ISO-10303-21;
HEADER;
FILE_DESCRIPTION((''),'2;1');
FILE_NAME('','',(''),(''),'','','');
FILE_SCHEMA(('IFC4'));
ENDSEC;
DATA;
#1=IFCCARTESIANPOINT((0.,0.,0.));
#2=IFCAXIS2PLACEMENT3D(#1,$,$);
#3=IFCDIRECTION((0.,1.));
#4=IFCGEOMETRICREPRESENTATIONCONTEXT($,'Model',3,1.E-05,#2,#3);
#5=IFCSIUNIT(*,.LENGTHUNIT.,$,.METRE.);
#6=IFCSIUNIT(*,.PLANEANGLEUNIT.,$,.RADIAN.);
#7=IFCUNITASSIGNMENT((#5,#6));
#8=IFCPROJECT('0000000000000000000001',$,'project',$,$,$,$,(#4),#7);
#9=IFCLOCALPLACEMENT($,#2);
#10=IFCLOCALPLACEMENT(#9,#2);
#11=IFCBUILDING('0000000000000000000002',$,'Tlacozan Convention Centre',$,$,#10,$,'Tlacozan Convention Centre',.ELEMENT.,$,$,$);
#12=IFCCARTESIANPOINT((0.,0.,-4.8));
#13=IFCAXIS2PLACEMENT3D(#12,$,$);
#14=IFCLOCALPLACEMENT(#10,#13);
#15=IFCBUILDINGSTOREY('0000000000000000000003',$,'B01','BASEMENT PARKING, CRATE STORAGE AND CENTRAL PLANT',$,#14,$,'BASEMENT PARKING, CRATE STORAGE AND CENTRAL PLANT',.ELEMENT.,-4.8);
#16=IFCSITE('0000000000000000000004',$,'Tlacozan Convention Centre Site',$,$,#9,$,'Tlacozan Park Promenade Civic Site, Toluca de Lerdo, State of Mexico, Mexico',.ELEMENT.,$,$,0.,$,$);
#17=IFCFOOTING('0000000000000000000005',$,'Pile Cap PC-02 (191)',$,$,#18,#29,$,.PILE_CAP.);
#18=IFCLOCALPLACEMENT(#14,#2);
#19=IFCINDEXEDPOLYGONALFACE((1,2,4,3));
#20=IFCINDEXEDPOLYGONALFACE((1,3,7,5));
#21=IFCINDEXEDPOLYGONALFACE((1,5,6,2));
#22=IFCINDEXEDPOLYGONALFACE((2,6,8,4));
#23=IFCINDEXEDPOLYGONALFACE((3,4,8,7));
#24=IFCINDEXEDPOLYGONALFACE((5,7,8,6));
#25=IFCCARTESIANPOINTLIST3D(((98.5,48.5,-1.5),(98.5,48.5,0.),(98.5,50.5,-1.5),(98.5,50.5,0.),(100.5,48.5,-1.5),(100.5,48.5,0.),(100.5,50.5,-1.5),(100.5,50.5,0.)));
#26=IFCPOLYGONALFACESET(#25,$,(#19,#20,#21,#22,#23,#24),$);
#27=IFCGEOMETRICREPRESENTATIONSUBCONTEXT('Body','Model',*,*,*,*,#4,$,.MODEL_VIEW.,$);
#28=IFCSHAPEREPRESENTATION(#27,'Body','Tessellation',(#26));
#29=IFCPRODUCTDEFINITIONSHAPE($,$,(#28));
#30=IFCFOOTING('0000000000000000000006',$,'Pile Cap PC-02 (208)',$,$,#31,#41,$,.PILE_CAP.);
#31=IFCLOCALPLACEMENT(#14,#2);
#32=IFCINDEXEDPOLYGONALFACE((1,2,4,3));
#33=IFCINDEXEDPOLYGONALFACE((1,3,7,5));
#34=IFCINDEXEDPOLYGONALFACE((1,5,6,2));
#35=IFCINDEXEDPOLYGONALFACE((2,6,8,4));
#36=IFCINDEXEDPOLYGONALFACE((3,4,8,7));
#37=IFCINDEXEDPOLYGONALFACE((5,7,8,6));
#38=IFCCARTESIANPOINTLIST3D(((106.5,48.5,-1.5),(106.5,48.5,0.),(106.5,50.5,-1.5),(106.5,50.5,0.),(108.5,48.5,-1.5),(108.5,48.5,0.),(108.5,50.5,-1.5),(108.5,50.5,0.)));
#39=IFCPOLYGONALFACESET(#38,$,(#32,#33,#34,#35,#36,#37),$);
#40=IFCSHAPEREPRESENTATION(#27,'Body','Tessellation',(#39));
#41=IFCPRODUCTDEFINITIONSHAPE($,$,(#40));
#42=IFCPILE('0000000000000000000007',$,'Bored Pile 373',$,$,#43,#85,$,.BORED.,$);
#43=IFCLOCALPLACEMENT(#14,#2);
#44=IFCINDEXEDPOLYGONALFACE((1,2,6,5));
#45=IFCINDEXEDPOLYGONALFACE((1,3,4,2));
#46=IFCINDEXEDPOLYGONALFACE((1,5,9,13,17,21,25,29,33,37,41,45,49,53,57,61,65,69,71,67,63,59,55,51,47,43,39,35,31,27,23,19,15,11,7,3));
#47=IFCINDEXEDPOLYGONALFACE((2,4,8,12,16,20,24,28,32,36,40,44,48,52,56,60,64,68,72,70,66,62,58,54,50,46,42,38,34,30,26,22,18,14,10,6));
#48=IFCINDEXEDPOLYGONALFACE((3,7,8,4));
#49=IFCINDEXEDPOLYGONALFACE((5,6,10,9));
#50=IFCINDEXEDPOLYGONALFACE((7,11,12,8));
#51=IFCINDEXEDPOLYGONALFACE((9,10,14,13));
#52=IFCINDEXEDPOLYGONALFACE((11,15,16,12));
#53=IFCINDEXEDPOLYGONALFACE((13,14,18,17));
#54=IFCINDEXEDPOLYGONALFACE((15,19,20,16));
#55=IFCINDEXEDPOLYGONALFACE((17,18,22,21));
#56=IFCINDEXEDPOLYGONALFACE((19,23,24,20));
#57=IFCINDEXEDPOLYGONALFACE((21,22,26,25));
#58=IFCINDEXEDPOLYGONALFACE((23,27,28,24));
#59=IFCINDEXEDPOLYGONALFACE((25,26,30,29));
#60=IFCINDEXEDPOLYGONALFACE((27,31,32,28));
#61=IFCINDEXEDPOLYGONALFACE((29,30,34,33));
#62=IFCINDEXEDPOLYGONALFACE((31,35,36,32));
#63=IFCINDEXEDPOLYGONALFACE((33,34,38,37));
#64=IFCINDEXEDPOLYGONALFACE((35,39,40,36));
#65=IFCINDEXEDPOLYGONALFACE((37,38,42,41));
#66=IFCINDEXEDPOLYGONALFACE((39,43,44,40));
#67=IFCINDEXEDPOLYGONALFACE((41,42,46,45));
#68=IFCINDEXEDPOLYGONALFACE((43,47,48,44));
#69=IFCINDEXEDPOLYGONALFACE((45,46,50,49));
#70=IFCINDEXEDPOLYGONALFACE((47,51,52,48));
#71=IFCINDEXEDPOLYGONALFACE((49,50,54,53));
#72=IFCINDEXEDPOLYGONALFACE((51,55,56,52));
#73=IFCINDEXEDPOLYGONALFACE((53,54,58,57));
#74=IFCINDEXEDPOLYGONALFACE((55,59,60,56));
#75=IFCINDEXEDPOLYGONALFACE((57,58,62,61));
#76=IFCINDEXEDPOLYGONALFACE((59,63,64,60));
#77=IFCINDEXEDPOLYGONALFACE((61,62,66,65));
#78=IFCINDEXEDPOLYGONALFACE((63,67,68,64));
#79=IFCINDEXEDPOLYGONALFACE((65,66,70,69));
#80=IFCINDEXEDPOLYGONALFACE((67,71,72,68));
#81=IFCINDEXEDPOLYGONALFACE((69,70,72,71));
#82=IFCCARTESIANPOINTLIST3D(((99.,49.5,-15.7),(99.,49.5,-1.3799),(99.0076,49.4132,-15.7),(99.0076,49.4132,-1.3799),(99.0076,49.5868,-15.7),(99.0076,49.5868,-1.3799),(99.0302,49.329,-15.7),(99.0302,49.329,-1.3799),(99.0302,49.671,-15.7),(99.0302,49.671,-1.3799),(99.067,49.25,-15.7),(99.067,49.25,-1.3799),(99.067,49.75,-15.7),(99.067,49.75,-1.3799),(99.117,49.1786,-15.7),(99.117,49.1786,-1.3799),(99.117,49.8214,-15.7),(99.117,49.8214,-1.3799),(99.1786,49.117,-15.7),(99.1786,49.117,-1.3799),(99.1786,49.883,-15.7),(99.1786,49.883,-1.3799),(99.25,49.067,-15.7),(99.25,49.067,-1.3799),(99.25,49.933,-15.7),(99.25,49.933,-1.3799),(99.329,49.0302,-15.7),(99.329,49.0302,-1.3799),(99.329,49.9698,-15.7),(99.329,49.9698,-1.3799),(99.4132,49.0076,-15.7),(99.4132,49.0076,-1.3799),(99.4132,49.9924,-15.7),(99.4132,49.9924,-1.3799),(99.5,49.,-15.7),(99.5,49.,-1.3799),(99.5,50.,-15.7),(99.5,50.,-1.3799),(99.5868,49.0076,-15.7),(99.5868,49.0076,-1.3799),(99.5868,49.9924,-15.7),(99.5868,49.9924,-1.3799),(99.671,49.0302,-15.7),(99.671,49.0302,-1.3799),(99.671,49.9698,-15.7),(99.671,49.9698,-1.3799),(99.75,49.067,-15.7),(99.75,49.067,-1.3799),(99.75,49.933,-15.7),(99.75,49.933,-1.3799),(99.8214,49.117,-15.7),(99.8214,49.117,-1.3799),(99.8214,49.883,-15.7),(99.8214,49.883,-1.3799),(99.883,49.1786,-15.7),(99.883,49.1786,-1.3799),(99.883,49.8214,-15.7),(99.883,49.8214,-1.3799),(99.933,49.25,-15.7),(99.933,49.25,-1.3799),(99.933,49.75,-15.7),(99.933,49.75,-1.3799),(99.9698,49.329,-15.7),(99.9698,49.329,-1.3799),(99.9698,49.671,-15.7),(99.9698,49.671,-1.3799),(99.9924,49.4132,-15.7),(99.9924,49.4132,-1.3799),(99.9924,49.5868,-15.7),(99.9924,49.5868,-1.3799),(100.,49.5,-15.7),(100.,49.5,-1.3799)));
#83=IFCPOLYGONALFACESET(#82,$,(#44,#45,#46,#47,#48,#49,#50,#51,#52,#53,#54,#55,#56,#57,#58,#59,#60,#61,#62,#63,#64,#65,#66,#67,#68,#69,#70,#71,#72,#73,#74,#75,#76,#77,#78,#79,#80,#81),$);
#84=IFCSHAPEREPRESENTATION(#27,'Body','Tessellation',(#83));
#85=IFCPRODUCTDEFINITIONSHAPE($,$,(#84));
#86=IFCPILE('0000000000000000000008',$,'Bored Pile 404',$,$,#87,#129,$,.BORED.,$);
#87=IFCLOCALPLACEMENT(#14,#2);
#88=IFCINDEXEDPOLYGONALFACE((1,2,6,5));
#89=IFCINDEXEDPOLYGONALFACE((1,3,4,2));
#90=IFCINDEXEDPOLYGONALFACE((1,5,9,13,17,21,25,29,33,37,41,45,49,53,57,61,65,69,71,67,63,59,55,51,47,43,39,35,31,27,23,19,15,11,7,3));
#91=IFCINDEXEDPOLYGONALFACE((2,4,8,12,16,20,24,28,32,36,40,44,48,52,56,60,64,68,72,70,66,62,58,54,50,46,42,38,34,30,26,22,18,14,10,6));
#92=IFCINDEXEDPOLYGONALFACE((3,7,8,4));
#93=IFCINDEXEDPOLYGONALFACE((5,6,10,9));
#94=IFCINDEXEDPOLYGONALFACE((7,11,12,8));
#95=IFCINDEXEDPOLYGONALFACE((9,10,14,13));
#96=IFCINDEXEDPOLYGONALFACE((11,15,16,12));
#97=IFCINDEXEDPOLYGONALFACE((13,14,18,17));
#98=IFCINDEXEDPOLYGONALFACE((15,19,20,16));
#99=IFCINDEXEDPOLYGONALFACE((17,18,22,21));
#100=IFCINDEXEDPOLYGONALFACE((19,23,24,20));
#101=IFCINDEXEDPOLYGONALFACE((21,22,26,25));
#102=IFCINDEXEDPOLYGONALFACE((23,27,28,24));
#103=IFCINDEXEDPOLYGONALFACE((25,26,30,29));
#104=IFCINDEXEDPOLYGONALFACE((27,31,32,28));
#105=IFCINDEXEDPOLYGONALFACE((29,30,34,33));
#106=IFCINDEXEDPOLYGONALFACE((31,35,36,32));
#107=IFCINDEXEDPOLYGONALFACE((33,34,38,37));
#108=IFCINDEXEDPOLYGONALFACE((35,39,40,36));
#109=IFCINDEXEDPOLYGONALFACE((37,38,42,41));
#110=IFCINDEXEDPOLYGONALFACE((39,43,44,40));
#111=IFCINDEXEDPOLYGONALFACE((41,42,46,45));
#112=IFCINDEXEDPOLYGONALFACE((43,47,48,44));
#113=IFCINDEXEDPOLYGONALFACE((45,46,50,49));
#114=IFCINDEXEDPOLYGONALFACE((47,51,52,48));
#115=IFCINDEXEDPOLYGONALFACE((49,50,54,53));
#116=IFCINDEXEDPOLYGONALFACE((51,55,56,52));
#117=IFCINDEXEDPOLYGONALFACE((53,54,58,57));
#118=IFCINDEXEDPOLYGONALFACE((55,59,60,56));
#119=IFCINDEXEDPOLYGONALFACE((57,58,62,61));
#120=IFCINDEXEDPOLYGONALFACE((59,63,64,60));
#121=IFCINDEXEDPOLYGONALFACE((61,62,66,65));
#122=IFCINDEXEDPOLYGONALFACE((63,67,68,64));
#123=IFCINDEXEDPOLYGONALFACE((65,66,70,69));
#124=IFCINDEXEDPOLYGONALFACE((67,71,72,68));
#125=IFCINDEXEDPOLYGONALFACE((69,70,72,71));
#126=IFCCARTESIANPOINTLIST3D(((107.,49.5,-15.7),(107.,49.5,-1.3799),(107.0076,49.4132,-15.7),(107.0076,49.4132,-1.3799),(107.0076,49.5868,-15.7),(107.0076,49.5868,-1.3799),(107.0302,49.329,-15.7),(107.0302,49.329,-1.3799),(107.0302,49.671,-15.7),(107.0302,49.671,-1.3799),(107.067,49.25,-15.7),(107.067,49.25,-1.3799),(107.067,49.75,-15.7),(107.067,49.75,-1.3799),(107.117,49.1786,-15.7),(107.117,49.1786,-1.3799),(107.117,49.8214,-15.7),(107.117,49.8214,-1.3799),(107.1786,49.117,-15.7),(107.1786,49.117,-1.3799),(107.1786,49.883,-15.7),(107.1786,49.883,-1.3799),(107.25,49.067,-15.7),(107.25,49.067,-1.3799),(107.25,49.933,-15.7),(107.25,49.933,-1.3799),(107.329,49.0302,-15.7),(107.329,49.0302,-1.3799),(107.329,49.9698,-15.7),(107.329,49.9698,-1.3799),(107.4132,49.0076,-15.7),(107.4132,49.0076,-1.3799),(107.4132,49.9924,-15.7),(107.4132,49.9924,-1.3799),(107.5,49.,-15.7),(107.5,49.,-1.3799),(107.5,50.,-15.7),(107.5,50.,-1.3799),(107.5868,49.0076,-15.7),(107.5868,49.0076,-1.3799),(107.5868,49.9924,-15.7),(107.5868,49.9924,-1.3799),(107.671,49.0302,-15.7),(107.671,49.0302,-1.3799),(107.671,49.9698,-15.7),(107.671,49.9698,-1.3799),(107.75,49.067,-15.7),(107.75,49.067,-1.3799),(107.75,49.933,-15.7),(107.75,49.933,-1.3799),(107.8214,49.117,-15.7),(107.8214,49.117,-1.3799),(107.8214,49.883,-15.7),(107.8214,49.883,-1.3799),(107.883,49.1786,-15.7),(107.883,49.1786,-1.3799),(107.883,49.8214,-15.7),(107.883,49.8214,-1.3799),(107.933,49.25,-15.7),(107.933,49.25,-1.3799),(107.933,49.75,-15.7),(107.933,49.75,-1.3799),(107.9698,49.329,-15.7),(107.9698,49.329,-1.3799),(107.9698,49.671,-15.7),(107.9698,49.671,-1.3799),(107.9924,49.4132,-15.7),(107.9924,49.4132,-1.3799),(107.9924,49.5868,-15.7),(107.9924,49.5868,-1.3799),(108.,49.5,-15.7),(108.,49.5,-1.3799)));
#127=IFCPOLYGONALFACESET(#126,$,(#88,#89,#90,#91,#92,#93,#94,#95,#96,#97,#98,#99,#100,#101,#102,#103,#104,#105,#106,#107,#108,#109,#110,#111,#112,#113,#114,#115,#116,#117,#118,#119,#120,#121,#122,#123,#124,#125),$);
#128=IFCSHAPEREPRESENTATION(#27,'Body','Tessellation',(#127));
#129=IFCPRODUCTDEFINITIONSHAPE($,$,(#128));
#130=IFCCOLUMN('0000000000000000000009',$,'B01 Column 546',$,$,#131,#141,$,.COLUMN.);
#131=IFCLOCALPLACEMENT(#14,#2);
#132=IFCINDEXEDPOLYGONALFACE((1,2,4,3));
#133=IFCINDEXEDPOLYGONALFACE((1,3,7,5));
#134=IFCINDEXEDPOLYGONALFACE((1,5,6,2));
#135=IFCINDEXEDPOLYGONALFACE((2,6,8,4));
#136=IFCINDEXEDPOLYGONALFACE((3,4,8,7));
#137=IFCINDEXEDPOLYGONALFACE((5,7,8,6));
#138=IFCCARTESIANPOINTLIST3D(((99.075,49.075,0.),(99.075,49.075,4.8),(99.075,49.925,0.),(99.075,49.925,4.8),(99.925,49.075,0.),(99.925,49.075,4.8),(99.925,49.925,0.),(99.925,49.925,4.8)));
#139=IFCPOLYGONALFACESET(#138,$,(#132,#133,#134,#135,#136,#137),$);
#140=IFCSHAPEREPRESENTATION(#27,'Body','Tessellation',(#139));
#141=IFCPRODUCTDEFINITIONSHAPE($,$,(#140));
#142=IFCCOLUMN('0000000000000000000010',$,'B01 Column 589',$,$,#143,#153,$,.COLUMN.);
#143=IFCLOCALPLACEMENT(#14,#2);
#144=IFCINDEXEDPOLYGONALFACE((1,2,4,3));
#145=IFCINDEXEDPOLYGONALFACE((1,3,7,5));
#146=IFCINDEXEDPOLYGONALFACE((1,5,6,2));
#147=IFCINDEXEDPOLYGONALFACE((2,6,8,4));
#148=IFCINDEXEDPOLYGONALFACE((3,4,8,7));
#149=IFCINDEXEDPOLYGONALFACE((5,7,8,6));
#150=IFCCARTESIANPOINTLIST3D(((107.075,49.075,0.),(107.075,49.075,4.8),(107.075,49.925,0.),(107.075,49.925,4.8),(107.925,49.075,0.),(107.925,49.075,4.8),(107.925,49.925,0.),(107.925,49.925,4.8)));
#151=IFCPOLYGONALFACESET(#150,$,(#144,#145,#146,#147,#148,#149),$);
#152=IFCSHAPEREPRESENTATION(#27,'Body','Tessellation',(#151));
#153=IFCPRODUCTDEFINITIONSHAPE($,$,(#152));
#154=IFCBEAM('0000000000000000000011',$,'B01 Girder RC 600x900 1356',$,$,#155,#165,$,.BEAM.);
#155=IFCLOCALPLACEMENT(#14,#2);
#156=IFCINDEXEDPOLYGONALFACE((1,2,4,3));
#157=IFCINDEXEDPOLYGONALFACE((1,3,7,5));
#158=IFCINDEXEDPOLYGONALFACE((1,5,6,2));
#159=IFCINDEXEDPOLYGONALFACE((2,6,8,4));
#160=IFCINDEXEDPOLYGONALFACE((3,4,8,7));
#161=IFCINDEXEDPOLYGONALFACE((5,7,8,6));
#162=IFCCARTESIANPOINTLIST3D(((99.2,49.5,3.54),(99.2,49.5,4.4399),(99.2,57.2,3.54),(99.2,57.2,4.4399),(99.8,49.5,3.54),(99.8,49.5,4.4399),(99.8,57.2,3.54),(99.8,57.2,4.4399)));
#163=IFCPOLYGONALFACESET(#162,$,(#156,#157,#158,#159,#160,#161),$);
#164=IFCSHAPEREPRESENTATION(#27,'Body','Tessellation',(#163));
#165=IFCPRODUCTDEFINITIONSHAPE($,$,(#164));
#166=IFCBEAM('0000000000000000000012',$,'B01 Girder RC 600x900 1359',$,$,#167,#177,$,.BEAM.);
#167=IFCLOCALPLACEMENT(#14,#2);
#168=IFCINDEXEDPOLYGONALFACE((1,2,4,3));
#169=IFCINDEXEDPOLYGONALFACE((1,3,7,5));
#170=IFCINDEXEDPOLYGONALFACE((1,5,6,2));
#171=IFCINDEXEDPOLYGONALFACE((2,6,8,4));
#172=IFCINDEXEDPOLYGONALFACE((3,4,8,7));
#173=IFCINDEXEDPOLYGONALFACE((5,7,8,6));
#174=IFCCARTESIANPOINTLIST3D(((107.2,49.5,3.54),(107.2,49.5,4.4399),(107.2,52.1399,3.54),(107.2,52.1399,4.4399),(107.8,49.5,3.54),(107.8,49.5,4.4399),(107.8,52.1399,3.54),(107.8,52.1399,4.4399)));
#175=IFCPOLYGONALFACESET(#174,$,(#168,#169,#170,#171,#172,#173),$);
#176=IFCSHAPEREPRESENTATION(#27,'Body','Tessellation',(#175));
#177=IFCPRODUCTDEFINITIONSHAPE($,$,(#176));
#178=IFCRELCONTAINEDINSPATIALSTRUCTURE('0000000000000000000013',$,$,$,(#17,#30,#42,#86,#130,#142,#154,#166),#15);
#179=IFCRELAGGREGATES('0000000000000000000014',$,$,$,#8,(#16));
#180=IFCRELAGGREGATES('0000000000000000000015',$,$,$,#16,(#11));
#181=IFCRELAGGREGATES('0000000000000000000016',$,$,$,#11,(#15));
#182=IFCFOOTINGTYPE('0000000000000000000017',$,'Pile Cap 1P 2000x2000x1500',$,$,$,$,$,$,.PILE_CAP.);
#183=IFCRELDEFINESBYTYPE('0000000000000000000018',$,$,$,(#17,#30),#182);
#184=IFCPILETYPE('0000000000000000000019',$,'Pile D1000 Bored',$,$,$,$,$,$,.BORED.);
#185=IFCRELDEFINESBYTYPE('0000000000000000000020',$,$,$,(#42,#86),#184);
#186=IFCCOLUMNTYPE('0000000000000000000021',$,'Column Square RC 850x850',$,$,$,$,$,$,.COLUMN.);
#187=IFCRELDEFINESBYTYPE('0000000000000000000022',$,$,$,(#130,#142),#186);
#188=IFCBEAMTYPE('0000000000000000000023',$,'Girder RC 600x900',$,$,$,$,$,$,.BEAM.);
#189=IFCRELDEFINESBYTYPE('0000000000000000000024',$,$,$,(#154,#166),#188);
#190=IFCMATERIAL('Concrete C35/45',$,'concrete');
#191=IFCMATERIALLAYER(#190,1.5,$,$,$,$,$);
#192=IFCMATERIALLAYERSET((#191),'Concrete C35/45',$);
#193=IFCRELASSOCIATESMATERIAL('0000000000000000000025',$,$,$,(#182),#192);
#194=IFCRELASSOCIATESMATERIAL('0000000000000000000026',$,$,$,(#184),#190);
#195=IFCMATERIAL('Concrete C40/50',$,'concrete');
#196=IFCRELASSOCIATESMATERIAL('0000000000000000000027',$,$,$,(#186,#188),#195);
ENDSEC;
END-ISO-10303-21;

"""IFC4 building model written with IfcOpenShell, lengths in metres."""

from ifc_helpers import new_model, si_unit, direction, frame, origin, origin_2d, place, context, subcontext, project, spatial, rectangle, circle, extrude, material, layer, layer_set, material_profile, profile_set, type_object, element, save


model = new_model("IFC4")

# Units and contexts
model_context = context("Model", 3, precision=1e-05, world=origin(), true_north=direction((0.0, 1.0)))
body_context = subcontext(model_context, "Body", "Model", "MODEL_VIEW")
ifc_project = project(units=[si_unit("LENGTHUNIT", "METRE"), si_unit("PLANEANGLEUNIT", "RADIAN")], contexts=[model_context])

# Site, building, storey
site_placement = place(None, origin())
site = spatial("IfcSite", under=ifc_project, at=site_placement, Name="Tlacozan Convention Centre Site", LongName="Tlacozan Park Promenade Civic Site, Toluca de Lerdo, State of Mexico, Mexico", CompositionType="ELEMENT", RefElevation=0.0)
building_placement = place(site_placement, origin())
building = spatial("IfcBuilding", under=site, at=building_placement, Name="Tlacozan Convention Centre", LongName="Tlacozan Convention Centre", CompositionType="ELEMENT")
storey_placement = place(building_placement, frame((0.0, 0.0, -4.8)))
storey = spatial("IfcBuildingStorey", under=building, at=storey_placement, Name="B01", Description="BASEMENT PARKING, CRATE STORAGE AND CENTRAL PLANT", LongName="BASEMENT PARKING, CRATE STORAGE AND CENTRAL PLANT", CompositionType="ELEMENT", Elevation=-4.8)

# Footings
ifc_material_1 = material(Name="Concrete C35/45", Category="concrete")
ifc_layer_1 = layer(ifc_material_1, 1.5)
ifc_layer_set_1 = layer_set([ifc_layer_1], Name="Concrete C35/45")
footing_type = type_object("IfcFootingType", Name="Pile Cap 1P 2000x2000x1500", PredefinedType="PILE_CAP", material=ifc_layer_set_1)
for number, where, z_axis, x_axis, name in (
    (1, (99.5, 49.5, -1.5), (0.0, 0.0, 1.0), (1.0, 0.0, 0.0), "Pile Cap PC-02 (191)"),
    (2, (107.5, 49.5, -1.5), (0.0, 0.0, 1.0), (1.0, 0.0, 0.0), "Pile Cap PC-02 (208)"),
):
    element("IfcFooting", number, at=place(storey_placement, frame(where, z_axis=z_axis, x_axis=x_axis)), inside=storey, type_object=footing_type, Name=name, PredefinedType="PILE_CAP", context=body_context, shape_type="SweptSolid", body=[
        extrude(rectangle(XDim=2.0, YDim=2.0, at=origin_2d()), origin(), (0.0, 0.0, 1.0), 1.5),
    ])

# Piles
ifc_material_profile_1 = material_profile(ifc_material_1, circle(Radius=0.5, at=origin_2d()), Name="PILE D1000")
ifc_profile_set_1 = profile_set([ifc_material_profile_1], Name="Concrete C35/45")
pile_type = type_object("IfcPileType", Name="Pile D1000 Bored", PredefinedType="BORED", material=ifc_profile_set_1)
for number, where, z_axis, x_axis, name in (
    (3, (99.5, 49.5, -1.3799), (0.0, 0.0, -1.0), (1.0, 0.0, 0.0), "Bored Pile 373"),
    (4, (107.5, 49.5, -1.3799), (0.0, 0.0, -1.0), (1.0, 0.0, 0.0), "Bored Pile 404"),
):
    element("IfcPile", number, at=place(storey_placement, frame(where, z_axis=z_axis, x_axis=x_axis)), inside=storey, type_object=pile_type, Name=name, PredefinedType="BORED", context=body_context, shape_type="SweptSolid", body=[
        extrude(circle(Radius=0.5, at=origin_2d()), origin(), (0.0, 0.0, 1.0), 14.3201),
    ])

# Columns
ifc_material_2 = material(Name="Concrete C40/50", Category="concrete")
ifc_material_profile_2 = material_profile(ifc_material_2, rectangle(XDim=0.8501, YDim=0.8501, at=origin_2d()), Name="RC 850x850")
ifc_profile_set_2 = profile_set([ifc_material_profile_2], Name="Concrete C40/50")
column_type = type_object("IfcColumnType", Name="Column Square RC 850x850", PredefinedType="COLUMN", material=ifc_profile_set_2)
for number, where, z_axis, x_axis, name in (
    (5, (99.5, 49.5, 0.0), (0.0, 0.0, 1.0), (1.0, 0.0, 0.0), "B01 Column 546"),
    (6, (107.5, 49.5, 0.0), (0.0, 0.0, 1.0), (1.0, 0.0, 0.0), "B01 Column 589"),
):
    element("IfcColumn", number, at=place(storey_placement, frame(where, z_axis=z_axis, x_axis=x_axis)), inside=storey, type_object=column_type, Name=name, PredefinedType="COLUMN", context=body_context, shape_type="SweptSolid", body=[
        extrude(rectangle(XDim=0.8501, YDim=0.8501, at=origin_2d()), origin(), (0.0, 0.0, 1.0), 4.8),
    ])

# Beams
ifc_material_profile_3 = material_profile(ifc_material_2, rectangle(XDim=0.6001, YDim=0.8999, at=origin_2d()), Name="RC 600x900")
ifc_profile_set_3 = profile_set([ifc_material_profile_3], Name="Concrete C40/50")
beam_type_1 = type_object("IfcBeamType", Name="Girder RC 600x900", PredefinedType="BEAM", material=ifc_profile_set_3)
beam_1_placement = place(storey_placement, frame((99.5, 49.5, 3.99), z_axis=(0.0, 1.0, 0.0), x_axis=(-1.0, 0.0, 0.0)))
element("IfcBeam", 7, at=beam_1_placement, inside=storey, type_object=beam_type_1, Name="B01 Girder RC 600x900 1356", PredefinedType="BEAM", context=body_context, shape_type="SweptSolid", body=[
    extrude(rectangle(XDim=0.6001, YDim=0.8999, at=origin_2d()), origin(), (0.0, 0.0, 1.0), 7.7),
])
beam_2_placement = place(storey_placement, frame((107.5, 49.5, 3.99), z_axis=(0.0, 1.0, 0.0), x_axis=(-1.0, 0.0, 0.0)))
element("IfcBeam", 8, at=beam_2_placement, inside=storey, type_object=beam_type_1, Name="B01 Girder RC 600x900 1359", PredefinedType="BEAM", context=body_context, shape_type="SweptSolid", body=[
    extrude(rectangle(XDim=0.6001, YDim=0.8999, at=origin_2d()), origin(), (0.0, 0.0, 1.0), 2.6399),
])

save(model, "model.ifc")
